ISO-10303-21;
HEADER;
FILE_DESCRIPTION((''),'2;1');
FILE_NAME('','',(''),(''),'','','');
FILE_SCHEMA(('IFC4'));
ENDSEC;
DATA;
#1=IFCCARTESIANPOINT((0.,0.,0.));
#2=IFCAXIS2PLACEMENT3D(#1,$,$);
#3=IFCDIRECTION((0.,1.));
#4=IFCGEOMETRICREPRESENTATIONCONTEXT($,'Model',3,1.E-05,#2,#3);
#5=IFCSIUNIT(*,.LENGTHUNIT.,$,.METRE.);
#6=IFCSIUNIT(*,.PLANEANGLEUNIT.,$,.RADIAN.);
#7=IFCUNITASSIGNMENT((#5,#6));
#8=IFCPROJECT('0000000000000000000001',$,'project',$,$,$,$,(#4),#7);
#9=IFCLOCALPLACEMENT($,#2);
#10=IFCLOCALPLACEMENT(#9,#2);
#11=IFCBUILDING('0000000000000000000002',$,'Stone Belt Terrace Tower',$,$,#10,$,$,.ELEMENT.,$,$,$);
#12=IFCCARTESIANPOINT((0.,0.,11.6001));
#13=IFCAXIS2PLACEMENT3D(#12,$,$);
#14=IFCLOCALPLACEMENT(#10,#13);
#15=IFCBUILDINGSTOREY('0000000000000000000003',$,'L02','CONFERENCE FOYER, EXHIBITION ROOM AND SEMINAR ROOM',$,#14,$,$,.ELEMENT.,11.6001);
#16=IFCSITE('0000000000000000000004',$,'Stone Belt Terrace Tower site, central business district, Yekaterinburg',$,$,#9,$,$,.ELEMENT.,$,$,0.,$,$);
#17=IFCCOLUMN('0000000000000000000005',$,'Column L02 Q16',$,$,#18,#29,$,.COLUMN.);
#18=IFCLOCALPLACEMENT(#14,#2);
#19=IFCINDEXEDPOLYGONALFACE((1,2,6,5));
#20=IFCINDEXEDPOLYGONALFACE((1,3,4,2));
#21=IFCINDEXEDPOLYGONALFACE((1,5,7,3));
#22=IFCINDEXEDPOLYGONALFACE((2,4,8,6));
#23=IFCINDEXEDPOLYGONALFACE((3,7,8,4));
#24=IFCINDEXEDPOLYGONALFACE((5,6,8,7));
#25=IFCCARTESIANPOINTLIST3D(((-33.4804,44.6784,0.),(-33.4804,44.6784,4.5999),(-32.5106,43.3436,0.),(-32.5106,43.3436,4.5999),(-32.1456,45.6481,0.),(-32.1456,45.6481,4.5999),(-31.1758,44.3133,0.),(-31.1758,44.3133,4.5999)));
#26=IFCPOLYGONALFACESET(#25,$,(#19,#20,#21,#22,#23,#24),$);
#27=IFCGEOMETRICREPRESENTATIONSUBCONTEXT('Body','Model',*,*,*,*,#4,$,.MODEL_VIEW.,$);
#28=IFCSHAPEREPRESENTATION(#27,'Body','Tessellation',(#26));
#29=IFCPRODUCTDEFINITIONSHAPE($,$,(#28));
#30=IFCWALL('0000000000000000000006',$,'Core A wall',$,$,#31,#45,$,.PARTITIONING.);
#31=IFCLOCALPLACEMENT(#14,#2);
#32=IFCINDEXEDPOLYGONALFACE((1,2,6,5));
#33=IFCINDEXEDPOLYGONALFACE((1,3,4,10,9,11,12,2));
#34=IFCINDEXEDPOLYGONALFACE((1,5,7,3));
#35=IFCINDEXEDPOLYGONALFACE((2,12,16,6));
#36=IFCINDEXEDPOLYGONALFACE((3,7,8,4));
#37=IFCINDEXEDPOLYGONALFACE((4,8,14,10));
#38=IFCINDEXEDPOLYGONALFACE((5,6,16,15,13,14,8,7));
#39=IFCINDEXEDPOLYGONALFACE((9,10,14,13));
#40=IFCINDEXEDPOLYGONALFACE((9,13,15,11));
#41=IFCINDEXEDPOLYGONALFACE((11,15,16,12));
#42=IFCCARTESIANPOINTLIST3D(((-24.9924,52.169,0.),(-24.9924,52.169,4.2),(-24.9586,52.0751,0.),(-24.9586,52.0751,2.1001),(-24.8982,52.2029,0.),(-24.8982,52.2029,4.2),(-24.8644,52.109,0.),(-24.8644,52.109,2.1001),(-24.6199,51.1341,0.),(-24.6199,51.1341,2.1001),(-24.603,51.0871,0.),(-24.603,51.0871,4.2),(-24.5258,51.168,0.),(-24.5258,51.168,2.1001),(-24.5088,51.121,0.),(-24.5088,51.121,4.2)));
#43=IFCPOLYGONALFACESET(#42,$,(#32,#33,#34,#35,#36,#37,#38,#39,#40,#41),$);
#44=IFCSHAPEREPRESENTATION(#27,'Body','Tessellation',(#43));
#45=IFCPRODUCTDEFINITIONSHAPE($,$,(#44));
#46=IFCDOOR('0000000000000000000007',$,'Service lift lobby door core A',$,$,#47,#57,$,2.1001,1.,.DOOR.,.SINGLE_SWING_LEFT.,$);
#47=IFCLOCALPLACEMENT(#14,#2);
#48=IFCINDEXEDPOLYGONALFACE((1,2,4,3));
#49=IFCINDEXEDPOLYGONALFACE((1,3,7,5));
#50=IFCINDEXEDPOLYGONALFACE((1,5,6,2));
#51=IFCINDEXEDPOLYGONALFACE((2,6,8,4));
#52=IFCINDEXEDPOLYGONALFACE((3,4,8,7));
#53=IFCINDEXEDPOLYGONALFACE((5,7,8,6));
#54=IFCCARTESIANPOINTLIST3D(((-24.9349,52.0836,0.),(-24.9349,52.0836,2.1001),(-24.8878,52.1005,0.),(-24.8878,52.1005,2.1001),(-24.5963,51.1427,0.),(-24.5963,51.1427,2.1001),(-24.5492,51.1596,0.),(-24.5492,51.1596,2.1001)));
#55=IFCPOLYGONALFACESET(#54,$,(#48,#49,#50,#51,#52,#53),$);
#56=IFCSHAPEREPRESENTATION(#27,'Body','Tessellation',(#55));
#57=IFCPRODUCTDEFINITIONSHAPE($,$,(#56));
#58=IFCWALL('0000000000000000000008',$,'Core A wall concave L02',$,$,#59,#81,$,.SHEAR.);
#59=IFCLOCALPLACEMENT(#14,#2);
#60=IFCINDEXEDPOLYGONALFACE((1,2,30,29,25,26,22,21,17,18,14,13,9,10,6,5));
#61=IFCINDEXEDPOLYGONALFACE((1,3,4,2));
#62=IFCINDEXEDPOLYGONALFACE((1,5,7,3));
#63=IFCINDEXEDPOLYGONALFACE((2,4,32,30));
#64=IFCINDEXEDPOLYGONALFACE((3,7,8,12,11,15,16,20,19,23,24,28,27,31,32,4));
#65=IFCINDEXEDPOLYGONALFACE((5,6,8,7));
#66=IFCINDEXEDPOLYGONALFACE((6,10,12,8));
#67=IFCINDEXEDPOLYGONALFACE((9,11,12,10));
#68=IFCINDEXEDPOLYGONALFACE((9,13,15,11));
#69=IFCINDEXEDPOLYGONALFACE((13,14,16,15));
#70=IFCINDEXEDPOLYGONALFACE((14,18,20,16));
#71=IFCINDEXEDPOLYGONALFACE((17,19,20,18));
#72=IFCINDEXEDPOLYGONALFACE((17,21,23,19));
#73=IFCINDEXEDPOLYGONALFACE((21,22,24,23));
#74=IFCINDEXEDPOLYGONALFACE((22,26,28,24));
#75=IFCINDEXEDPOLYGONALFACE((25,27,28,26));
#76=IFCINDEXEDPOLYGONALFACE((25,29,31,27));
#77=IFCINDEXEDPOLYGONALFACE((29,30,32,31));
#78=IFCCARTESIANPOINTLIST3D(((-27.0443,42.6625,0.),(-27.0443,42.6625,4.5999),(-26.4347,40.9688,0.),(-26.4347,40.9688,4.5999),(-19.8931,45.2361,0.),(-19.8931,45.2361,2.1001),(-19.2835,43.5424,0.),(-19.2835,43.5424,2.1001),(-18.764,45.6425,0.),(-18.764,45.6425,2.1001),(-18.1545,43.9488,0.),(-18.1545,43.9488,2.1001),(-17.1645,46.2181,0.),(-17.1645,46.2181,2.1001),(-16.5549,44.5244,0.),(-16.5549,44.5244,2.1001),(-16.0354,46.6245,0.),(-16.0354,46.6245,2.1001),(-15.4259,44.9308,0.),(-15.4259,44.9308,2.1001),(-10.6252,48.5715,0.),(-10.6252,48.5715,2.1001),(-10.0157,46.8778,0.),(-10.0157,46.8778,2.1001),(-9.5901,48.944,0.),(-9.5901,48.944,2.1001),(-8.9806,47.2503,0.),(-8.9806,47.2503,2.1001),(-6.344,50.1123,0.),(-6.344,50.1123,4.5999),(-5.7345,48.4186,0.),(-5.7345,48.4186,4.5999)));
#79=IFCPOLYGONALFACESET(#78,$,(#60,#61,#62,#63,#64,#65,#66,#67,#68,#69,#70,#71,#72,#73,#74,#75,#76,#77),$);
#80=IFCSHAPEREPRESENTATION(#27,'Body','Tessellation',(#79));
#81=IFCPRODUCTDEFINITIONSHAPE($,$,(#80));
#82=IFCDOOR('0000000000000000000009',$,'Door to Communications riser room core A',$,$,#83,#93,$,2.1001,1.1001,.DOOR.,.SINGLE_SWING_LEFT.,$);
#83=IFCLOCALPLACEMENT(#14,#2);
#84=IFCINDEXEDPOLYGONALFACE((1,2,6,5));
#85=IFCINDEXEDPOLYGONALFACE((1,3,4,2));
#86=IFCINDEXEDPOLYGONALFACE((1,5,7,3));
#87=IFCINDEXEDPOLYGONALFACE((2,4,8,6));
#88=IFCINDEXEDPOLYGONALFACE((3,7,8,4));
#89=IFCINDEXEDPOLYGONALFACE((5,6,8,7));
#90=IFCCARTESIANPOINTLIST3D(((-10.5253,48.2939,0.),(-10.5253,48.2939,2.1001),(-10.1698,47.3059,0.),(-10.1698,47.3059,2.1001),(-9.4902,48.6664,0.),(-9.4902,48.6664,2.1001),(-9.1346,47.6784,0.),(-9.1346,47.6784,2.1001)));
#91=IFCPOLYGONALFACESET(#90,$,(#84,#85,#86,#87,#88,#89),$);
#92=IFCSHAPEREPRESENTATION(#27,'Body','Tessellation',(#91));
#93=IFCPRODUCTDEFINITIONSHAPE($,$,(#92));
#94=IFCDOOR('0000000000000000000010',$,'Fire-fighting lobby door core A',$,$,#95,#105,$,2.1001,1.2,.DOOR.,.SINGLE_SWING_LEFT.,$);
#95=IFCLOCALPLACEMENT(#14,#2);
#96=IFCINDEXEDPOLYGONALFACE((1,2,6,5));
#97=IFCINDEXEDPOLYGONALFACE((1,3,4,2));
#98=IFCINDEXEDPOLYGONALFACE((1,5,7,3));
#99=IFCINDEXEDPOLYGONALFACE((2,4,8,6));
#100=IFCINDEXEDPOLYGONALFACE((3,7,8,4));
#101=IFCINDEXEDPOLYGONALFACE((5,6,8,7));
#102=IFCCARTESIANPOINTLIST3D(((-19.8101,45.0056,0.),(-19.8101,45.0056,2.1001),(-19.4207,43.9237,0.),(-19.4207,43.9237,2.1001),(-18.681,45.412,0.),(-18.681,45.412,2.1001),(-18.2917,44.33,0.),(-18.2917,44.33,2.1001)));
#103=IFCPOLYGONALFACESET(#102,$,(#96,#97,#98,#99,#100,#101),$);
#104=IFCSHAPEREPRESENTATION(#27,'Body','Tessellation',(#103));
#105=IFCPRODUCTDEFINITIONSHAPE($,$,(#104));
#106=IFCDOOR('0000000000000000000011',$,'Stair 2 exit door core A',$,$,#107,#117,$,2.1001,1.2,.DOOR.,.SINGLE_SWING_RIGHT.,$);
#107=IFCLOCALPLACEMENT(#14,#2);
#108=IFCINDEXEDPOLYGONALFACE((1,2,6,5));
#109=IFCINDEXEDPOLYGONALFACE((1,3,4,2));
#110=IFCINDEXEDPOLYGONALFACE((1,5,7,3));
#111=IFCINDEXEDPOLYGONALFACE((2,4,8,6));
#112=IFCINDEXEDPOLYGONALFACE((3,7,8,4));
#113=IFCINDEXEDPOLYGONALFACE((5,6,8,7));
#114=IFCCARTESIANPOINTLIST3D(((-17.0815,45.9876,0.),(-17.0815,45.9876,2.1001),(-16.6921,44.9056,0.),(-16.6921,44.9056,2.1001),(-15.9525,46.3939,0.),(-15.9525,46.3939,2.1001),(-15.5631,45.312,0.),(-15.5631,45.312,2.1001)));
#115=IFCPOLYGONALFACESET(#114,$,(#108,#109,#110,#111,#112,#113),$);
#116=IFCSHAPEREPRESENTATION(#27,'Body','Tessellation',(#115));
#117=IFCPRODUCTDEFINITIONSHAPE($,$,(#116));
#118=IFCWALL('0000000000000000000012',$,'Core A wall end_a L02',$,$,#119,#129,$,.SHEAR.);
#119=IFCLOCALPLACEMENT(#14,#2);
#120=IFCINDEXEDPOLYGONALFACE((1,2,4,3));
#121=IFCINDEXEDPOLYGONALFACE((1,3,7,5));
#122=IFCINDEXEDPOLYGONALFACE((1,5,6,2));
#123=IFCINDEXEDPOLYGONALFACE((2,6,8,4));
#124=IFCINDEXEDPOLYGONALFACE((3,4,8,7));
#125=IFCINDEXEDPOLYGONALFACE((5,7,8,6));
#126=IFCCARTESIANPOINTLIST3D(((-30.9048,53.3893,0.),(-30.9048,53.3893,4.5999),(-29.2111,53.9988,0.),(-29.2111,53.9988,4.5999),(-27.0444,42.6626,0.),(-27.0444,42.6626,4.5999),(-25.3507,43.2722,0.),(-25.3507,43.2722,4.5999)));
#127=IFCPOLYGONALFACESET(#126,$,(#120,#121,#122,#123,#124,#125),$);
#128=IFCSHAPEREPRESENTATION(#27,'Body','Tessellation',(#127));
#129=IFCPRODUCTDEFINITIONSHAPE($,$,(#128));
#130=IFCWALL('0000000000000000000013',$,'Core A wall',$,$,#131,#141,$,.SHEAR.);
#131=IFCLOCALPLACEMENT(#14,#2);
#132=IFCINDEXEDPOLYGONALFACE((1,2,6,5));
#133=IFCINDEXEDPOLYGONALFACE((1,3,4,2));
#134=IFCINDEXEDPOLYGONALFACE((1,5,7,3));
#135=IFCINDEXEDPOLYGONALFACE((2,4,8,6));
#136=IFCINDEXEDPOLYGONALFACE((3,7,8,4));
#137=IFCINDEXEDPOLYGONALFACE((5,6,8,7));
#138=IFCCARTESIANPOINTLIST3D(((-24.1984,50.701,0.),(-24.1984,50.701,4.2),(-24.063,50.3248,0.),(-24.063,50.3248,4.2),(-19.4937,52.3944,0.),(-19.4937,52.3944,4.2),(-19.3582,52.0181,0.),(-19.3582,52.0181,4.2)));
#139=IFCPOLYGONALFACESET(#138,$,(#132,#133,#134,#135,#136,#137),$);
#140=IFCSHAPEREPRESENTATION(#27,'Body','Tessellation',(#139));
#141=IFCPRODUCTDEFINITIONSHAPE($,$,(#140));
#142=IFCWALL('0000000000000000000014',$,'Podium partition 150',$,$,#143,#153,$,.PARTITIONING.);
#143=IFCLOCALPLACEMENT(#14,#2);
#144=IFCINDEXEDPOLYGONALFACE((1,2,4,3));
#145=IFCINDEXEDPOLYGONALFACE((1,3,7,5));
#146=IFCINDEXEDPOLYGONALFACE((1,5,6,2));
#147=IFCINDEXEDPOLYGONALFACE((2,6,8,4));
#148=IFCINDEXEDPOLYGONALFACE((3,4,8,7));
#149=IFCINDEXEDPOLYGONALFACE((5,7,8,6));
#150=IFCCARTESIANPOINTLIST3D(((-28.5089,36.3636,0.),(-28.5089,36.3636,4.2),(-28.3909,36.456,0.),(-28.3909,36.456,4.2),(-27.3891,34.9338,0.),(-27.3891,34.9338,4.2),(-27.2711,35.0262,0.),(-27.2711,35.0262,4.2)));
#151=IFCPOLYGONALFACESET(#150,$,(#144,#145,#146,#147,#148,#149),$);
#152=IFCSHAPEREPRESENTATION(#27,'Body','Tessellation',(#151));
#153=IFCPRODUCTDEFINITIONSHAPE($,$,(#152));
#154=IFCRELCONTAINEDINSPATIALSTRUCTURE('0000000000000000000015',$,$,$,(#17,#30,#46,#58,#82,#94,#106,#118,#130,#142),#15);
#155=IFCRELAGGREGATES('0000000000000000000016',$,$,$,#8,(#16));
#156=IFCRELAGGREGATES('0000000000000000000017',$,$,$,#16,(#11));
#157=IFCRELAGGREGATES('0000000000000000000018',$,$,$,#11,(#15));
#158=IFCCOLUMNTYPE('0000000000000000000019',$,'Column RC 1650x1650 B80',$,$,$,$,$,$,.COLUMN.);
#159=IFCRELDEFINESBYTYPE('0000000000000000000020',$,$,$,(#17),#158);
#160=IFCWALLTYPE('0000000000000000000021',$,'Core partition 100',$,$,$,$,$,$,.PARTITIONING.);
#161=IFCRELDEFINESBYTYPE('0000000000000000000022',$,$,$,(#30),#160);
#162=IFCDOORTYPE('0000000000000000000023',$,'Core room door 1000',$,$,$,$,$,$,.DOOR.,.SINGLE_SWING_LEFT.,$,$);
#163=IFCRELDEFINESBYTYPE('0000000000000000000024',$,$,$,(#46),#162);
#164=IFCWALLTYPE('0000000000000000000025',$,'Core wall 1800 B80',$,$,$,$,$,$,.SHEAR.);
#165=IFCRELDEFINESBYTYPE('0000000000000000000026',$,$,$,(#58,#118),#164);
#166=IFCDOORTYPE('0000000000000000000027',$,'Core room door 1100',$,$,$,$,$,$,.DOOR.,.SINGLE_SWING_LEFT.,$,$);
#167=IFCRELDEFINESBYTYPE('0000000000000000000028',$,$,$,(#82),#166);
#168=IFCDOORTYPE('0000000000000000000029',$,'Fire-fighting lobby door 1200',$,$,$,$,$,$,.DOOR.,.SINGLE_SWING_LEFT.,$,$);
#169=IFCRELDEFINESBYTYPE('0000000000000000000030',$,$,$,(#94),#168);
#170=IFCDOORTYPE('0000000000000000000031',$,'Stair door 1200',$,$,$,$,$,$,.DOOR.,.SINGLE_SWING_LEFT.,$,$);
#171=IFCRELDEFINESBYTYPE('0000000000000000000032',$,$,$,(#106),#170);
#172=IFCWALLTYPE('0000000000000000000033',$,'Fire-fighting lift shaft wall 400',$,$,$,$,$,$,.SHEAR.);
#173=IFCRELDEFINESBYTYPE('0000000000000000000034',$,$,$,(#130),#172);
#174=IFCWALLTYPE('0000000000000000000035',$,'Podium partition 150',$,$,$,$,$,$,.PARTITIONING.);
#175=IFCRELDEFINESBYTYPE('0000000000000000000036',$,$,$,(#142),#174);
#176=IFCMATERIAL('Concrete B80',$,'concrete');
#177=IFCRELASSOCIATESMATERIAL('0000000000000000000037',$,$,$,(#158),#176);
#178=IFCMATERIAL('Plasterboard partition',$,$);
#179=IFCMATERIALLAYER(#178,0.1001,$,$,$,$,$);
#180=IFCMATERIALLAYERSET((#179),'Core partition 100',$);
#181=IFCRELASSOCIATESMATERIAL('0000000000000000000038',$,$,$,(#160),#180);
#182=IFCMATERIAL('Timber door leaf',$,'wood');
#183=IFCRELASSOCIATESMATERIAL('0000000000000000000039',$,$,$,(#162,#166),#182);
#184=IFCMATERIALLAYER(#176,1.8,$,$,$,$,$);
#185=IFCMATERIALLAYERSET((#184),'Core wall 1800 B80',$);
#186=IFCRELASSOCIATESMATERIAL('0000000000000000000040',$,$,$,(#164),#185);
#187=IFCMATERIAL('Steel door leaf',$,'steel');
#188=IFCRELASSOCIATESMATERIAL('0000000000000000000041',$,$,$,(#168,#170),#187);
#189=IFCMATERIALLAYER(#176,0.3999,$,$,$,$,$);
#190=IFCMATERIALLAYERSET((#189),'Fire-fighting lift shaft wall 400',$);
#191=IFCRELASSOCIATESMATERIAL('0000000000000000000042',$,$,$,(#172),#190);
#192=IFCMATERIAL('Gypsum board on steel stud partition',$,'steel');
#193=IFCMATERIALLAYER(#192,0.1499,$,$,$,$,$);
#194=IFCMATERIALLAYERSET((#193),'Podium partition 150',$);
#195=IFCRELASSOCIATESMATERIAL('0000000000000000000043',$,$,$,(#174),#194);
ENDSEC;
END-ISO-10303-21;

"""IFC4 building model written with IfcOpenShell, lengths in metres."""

from ifc_helpers import new_model, si_unit, direction, frame, frame_2d, origin, origin_2d, place, context, subcontext, project, spatial, rectangle, extrude, material, layer, layer_set, material_profile, profile_set, type_object, element, fill, save


model = new_model("IFC4")

# Units and contexts
model_context = context("Model", 3, precision=1e-05, world=origin(), true_north=direction((0.0, 1.0)))
body_context = subcontext(model_context, "Body", "Model", "MODEL_VIEW")
ifc_project = project(units=[si_unit("LENGTHUNIT", "METRE"), si_unit("PLANEANGLEUNIT", "RADIAN")], contexts=[model_context])

# Site, building, storey
site_placement = place(None, origin())
site = spatial("IfcSite", under=ifc_project, at=site_placement, Name="Stone Belt Terrace Tower site, central business district, Yekaterinburg", CompositionType="ELEMENT", RefElevation=0.0)
building_placement = place(site_placement, origin())
building = spatial("IfcBuilding", under=site, at=building_placement, Name="Stone Belt Terrace Tower", CompositionType="ELEMENT")
storey_placement = place(building_placement, frame((0.0, 0.0, 11.6001)))
storey = spatial("IfcBuildingStorey", under=building, at=storey_placement, Name="L02", Description="CONFERENCE FOYER, EXHIBITION ROOM AND SEMINAR ROOM", CompositionType="ELEMENT", Elevation=11.6001)

# Column
ifc_material_1 = material(Name="Concrete B80", Category="concrete")
ifc_material_profile = material_profile(ifc_material_1, rectangle(XDim=1.6499, YDim=1.6499, at=origin_2d()), Name="RC 1650x1650")
ifc_profile_set = profile_set([ifc_material_profile], Name="Concrete B80")
column_type = type_object("IfcColumnType", Name="Column RC 1650x1650 B80", PredefinedType="COLUMN", material=ifc_profile_set)
column_placement = place(storey_placement, frame((-32.3281, 44.4958, 0.0), z_axis=(0.0, 0.0, 1.0), x_axis=(0.809017, 0.587785, 0.0)))
element("IfcColumn", 1, at=column_placement, inside=storey, type_object=column_type, Name="Column L02 Q16", PredefinedType="COLUMN", context=body_context, shape_type="SweptSolid", body=[
    extrude(rectangle(XDim=1.6499, YDim=1.6499, at=origin_2d()), origin(), (0.0, 0.0, 1.0), 4.5999),
])

# Wall, opening, door
ifc_material_2 = material(Name="Plasterboard partition")
ifc_layer_1 = layer(ifc_material_2, 0.1001)
ifc_layer_set_1 = layer_set([ifc_layer_1], Name="Core partition 100")
wall_type_1 = type_object("IfcWallType", Name="Core partition 100", PredefinedType="PARTITIONING", material=ifc_layer_set_1)
wall_1_placement = place(storey_placement, frame((-24.5559, 51.104, 0.0), z_axis=(0.0, 0.0, 1.0), x_axis=(-0.338622, 0.940923, 0.0)))
wall_1 = element("IfcWall", 2, at=wall_1_placement, inside=storey, type_object=wall_type_1, Name="Core A wall", PredefinedType="PARTITIONING", context=body_context, shape_type="SweptSolid", body=[
    extrude(rectangle(XDim=1.1499, YDim=0.1001, at=frame_2d((0.575, 0.0))), origin(), (0.0, 0.0, 1.0), 4.2),
])
opening_1_placement = place(wall_1_placement, frame((0.05, 0.0, 0.0)))
opening_1 = element("IfcOpeningElement", 3, at=opening_1_placement, cuts=wall_1, PredefinedType="OPENING", context=body_context, shape_type="SweptSolid", body=[
    extrude(rectangle(XDim=1.0, YDim=2.1001, at=frame_2d((0.5, 1.05))), frame((0.0, 0.0601, 0.0), z_axis=(0.0, -1.0, 0.0), x_axis=(1.0, 0.0, 0.0)), (0.0, 0.0, 1.0), 0.1201),
])
ifc_material_3 = material(Name="Timber door leaf", Category="wood")
door_type_1 = type_object("IfcDoorType", Name="Core room door 1000", OperationType="SINGLE_SWING_LEFT", PredefinedType="DOOR", material=ifc_material_3)
door_1_placement = place(opening_1_placement, origin())
door_1 = element("IfcDoor", 4, at=door_1_placement, inside=storey, type_object=door_type_1, Name="Service lift lobby door core A", OperationType="SINGLE_SWING_LEFT", OverallHeight=2.1001, OverallWidth=1.0, PredefinedType="DOOR", context=body_context, shape_type="SweptSolid", body=[
    extrude(rectangle(XDim=1.0, YDim=2.1001, at=frame_2d((0.5, 1.05))), frame((0.0, 0.0249, 0.0), z_axis=(0.0, -1.0, 0.0), x_axis=(1.0, 0.0, 0.0)), (0.0, 0.0, 1.0), 0.05),
])
fill(opening_1, door_1)

# Wall, openings, doors
ifc_layer_2 = layer(ifc_material_1, 1.8)
ifc_layer_set_2 = layer_set([ifc_layer_2], Name="Core wall 1800 B80")
wall_type_2 = type_object("IfcWallType", Name="Core wall 1800 B80", PredefinedType="SHEAR", material=ifc_layer_set_2)
wall_2_placement = place(storey_placement, frame((-26.7395, 41.8157, 0.0), z_axis=(0.0, 0.0, 1.0), x_axis=(0.940922, 0.338624, 0.0)))
wall_2 = element("IfcWall", 5, at=wall_2_placement, inside=storey, type_object=wall_type_2, Name="Core A wall concave L02", PredefinedType="SHEAR", context=body_context, shape_type="SweptSolid", body=[
    extrude(rectangle(XDim=22.0, YDim=1.8, at=frame_2d((11.0, 0.0))), origin(), (0.0, 0.0, 1.0), 4.5999),
])
opening_2_placement = place(wall_2_placement, frame((7.6001, 0.0, 0.0)))
opening_2 = element("IfcOpeningElement", 6, at=opening_2_placement, cuts=wall_2, PredefinedType="OPENING", context=body_context, shape_type="SweptSolid", body=[
    extrude(rectangle(XDim=1.2, YDim=2.1001, at=frame_2d((0.6001, 1.05))), frame((0.0, 0.9099, 0.0), z_axis=(0.0, -1.0, 0.0), x_axis=(1.0, 0.0, 0.0)), (0.0, 0.0, 1.0), 1.8201),
])
opening_3_placement = place(wall_2_placement, frame((10.5, 0.0, 0.0)))
opening_3 = element("IfcOpeningElement", 7, at=opening_3_placement, cuts=wall_2, PredefinedType="OPENING", context=body_context, shape_type="SweptSolid", body=[
    extrude(rectangle(XDim=1.2, YDim=2.1001, at=frame_2d((0.6001, 1.05))), frame((0.0, 0.9099, 0.0), z_axis=(0.0, -1.0, 0.0), x_axis=(1.0, 0.0, 0.0)), (0.0, 0.0, 1.0), 1.8201),
])
opening_4_placement = place(wall_2_placement, frame((17.45, 0.0, 0.0)))
opening_4 = element("IfcOpeningElement", 8, at=opening_4_placement, cuts=wall_2, PredefinedType="OPENING", context=body_context, shape_type="SweptSolid", body=[
    extrude(rectangle(XDim=1.1001, YDim=2.1001, at=frame_2d((0.55, 1.05))), frame((0.0, 0.9099, 0.0), z_axis=(0.0, -1.0, 0.0), x_axis=(1.0, 0.0, 0.0)), (0.0, 0.0, 1.0), 1.8201),
])
door_type_2 = type_object("IfcDoorType", Name="Core room door 1100", OperationType="SINGLE_SWING_LEFT", PredefinedType="DOOR", material=ifc_material_3)
door_2_placement = place(opening_4_placement, origin())
door_2 = element("IfcDoor", 9, at=door_2_placement, inside=storey, type_object=door_type_2, Name="Door to Communications riser room core A", OperationType="SINGLE_SWING_LEFT", OverallHeight=2.1001, OverallWidth=1.1001, PredefinedType="DOOR", context=body_context, shape_type="SweptSolid", body=[
    extrude(rectangle(XDim=1.1001, YDim=2.1001, at=frame_2d((0.55, 1.05))), frame((0.0, 0.605, 0.0), z_axis=(0.0, -1.0, 0.0), x_axis=(1.0, 0.0, 0.0)), (0.0, 0.0, 1.0), 1.05),
])
fill(opening_4, door_2)
ifc_material_4 = material(Name="Steel door leaf", Category="steel")
door_type_3 = type_object("IfcDoorType", Name="Fire-fighting lobby door 1200", OperationType="SINGLE_SWING_LEFT", PredefinedType="DOOR", material=ifc_material_4)
door_3_placement = place(opening_2_placement, origin())
door_3 = element("IfcDoor", 10, at=door_3_placement, inside=storey, type_object=door_type_3, Name="Fire-fighting lobby door core A", OperationType="SINGLE_SWING_LEFT", OverallHeight=2.1001, OverallWidth=1.2, PredefinedType="DOOR", context=body_context, shape_type="SweptSolid", body=[
    extrude(rectangle(XDim=1.2, YDim=2.1001, at=frame_2d((0.6001, 1.05))), frame((0.0, 0.655, 0.0), z_axis=(0.0, -1.0, 0.0), x_axis=(1.0, 0.0, 0.0)), (0.0, 0.0, 1.0), 1.1499),
])
fill(opening_2, door_3)
door_type_4 = type_object("IfcDoorType", Name="Stair door 1200", OperationType="SINGLE_SWING_LEFT", PredefinedType="DOOR", material=ifc_material_4)
door_4_placement = place(opening_3_placement, origin())
door_4 = element("IfcDoor", 11, at=door_4_placement, inside=storey, type_object=door_type_4, Name="Stair 2 exit door core A", OperationType="SINGLE_SWING_RIGHT", OverallHeight=2.1001, OverallWidth=1.2, PredefinedType="DOOR", context=body_context, shape_type="SweptSolid", body=[
    extrude(rectangle(XDim=1.2, YDim=2.1001, at=frame_2d((0.6001, 1.05))), frame((0.0, 0.655, 0.0), z_axis=(0.0, -1.0, 0.0), x_axis=(1.0, 0.0, 0.0)), (0.0, 0.0, 1.0), 1.1499),
])
fill(opening_3, door_4)

# Walls
wall_3_placement = place(storey_placement, frame((-26.1975, 42.9673, 0.0), z_axis=(0.0, 0.0, 1.0), x_axis=(-0.338625, 0.940921, 0.0)))
element("IfcWall", 12, at=wall_3_placement, inside=storey, type_object=wall_type_2, Name="Core A wall end_a L02", PredefinedType="SHEAR", context=body_context, shape_type="SweptSolid", body=[
    extrude(rectangle(XDim=11.4001, YDim=1.8, at=frame_2d((5.7002, 0.0))), origin(), (0.0, 0.0, 1.0), 4.5999),
])
ifc_layer_3 = layer(ifc_material_1, 0.3999)
ifc_layer_set_3 = layer_set([ifc_layer_3], Name="Fire-fighting lift shaft wall 400")
wall_type_3 = type_object("IfcWallType", Name="Fire-fighting lift shaft wall 400", PredefinedType="SHEAR", material=ifc_layer_set_3)
wall_4_placement = place(storey_placement, frame((-24.1306, 50.5129, 0.0), z_axis=(0.0, 0.0, 1.0), x_axis=(0.940912, 0.338652, 0.0)))
element("IfcWall", 13, at=wall_4_placement, inside=storey, type_object=wall_type_3, Name="Core A wall", PredefinedType="SHEAR", context=body_context, shape_type="SweptSolid", body=[
    extrude(rectangle(XDim=5.0002, YDim=0.3999, at=frame_2d((2.5, 0.0))), origin(), (0.0, 0.0, 1.0), 4.2),
])
ifc_material_5 = material(Name="Gypsum board on steel stud partition", Category="steel")
ifc_layer_4 = layer(ifc_material_5, 0.1499)
ifc_layer_set_4 = layer_set([ifc_layer_4], Name="Podium partition 150")
wall_type_4 = type_object("IfcWallType", Name="Podium partition 150", PredefinedType="PARTITIONING", material=ifc_layer_set_4)
wall_5_placement = place(storey_placement, frame((-28.45, 36.4099, 0.0), z_axis=(0.0, 0.0, 1.0), x_axis=(0.61658, -0.787292, 0.0)))
element("IfcWall", 14, at=wall_5_placement, inside=storey, type_object=wall_type_4, Name="Podium partition 150", PredefinedType="PARTITIONING", context=body_context, shape_type="SweptSolid", body=[
    extrude(rectangle(XDim=1.8162, YDim=0.1499, at=frame_2d((0.9082, 0.0))), origin(), (0.0, 0.0, 1.0), 4.2),
])

save(model, "model.ifc")
